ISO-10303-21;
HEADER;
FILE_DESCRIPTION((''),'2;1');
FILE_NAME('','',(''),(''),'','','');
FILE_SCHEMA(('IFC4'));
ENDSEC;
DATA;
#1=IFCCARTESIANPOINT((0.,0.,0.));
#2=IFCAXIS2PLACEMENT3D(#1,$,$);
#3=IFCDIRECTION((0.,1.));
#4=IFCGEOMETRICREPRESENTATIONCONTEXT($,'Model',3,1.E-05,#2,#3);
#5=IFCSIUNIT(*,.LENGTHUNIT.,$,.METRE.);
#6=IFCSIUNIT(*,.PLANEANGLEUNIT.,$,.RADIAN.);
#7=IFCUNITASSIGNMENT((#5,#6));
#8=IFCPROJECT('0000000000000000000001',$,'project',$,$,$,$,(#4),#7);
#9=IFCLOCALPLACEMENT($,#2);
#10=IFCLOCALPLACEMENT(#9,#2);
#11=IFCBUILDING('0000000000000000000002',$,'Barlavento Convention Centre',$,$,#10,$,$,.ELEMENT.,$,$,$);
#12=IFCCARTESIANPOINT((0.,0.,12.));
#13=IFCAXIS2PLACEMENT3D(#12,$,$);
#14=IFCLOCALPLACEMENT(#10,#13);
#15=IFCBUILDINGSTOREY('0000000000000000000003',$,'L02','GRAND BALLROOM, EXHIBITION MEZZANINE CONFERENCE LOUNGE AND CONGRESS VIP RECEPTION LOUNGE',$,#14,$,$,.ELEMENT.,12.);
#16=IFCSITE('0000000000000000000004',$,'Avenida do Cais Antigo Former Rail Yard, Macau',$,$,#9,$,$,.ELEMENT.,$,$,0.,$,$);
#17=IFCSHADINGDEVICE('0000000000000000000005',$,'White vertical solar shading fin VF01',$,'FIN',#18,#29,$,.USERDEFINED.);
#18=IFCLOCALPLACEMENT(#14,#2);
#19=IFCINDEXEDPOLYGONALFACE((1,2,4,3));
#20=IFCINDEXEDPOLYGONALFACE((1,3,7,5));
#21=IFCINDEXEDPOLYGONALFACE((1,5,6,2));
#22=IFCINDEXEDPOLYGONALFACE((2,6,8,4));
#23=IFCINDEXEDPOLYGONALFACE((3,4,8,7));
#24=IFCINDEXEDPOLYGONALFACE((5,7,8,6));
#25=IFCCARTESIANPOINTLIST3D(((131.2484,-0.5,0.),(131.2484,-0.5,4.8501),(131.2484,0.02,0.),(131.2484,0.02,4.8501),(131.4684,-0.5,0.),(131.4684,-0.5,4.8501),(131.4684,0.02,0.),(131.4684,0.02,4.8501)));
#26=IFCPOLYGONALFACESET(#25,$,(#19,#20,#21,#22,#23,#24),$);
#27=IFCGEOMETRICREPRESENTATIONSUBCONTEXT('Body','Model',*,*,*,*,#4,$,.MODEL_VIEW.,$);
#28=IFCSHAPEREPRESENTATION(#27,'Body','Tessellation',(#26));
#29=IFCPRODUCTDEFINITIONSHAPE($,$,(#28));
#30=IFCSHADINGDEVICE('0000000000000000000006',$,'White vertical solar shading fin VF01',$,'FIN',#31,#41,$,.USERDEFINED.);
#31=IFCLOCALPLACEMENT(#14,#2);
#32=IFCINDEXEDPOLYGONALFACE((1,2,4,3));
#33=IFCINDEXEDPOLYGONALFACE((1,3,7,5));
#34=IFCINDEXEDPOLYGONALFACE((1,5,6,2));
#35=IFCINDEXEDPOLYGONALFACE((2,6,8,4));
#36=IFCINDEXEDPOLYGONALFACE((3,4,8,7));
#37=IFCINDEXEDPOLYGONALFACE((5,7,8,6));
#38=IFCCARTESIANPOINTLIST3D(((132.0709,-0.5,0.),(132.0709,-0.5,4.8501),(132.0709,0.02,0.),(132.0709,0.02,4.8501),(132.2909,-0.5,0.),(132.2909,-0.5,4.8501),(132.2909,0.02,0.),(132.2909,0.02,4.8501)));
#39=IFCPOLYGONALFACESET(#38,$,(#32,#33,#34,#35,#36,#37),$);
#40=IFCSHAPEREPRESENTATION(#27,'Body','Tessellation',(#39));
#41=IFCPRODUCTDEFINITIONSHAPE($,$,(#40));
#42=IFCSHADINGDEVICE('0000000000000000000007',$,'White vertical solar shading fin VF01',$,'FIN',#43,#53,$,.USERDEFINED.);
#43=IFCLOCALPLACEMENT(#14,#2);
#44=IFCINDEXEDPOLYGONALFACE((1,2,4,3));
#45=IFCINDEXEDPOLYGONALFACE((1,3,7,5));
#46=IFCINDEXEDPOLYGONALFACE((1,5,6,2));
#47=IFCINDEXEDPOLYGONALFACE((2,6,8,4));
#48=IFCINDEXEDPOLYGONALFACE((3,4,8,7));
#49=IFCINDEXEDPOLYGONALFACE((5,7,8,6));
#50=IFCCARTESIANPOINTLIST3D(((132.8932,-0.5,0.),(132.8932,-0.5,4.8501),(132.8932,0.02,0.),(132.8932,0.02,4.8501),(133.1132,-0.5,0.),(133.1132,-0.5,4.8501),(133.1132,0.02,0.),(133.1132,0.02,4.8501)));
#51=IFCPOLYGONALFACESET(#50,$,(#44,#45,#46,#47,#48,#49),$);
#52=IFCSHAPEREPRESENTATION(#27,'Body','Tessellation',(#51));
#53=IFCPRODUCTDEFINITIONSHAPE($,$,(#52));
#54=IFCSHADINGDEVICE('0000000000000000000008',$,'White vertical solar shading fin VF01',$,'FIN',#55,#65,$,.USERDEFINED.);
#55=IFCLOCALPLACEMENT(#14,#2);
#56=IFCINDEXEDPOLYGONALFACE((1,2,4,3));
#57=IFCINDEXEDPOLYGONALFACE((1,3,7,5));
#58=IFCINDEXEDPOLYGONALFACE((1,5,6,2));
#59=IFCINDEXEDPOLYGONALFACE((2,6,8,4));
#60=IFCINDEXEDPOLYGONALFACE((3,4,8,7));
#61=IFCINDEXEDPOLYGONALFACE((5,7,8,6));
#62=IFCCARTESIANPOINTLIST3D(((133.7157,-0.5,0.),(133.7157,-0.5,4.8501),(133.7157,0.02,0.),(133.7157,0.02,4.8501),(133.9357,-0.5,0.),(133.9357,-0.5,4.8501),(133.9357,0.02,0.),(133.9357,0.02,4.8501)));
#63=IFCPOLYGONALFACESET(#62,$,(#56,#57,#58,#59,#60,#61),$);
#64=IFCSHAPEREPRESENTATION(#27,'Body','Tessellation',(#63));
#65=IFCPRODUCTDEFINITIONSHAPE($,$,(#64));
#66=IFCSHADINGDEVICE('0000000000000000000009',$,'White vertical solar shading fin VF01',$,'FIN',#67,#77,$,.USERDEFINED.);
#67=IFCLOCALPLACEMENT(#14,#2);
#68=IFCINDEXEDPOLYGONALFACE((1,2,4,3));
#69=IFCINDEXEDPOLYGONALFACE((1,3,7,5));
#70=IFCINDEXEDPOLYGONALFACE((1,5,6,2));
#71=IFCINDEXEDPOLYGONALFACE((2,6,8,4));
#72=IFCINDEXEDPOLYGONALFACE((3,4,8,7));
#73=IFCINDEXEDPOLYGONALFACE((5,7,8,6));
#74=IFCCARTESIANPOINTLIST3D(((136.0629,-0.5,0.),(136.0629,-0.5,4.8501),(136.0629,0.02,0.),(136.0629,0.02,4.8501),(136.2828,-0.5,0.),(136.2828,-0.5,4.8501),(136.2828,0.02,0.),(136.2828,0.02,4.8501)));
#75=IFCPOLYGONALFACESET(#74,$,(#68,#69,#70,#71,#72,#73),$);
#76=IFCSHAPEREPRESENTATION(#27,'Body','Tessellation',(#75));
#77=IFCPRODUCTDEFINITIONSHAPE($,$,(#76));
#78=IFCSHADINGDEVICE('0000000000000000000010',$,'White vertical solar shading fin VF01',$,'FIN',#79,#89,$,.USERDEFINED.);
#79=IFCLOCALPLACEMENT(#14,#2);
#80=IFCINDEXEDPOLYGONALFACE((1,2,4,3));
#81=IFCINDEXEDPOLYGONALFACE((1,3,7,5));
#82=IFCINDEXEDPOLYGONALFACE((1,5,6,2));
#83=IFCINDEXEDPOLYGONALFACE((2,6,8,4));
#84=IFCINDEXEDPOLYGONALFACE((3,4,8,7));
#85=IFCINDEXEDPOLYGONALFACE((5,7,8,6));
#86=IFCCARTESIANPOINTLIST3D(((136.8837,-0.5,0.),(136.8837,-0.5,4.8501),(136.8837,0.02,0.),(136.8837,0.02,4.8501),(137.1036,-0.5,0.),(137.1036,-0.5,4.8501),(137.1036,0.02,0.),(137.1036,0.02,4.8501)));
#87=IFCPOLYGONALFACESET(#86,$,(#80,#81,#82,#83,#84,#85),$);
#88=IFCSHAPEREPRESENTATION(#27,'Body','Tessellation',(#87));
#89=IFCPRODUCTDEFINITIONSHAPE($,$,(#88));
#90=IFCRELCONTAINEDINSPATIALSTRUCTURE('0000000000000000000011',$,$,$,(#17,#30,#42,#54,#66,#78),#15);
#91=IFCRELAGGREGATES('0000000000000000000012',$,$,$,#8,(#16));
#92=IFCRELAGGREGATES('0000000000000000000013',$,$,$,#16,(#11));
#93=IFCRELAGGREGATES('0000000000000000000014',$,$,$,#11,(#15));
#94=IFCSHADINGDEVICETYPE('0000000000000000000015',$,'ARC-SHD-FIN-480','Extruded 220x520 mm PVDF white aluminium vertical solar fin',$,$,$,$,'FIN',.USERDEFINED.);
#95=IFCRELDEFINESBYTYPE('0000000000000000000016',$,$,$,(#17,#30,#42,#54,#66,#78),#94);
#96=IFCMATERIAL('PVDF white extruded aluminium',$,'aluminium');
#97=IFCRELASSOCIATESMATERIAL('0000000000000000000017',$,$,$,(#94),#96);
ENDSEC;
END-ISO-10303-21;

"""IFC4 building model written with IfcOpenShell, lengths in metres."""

from ifc_helpers import new_model, si_unit, direction, frame, origin, origin_2d, place, context, subcontext, project, spatial, rectangle, extrude, material, type_object, element, save


model = new_model("IFC4")

# Units and contexts
model_context = context("Model", 3, precision=1e-05, world=origin(), true_north=direction((0.0, 1.0)))
body_context = subcontext(model_context, "Body", "Model", "MODEL_VIEW")
ifc_project = project(units=[si_unit("LENGTHUNIT", "METRE"), si_unit("PLANEANGLEUNIT", "RADIAN")], contexts=[model_context])

# Site, building, storey
site_placement = place(None, origin())
site = spatial("IfcSite", under=ifc_project, at=site_placement, Name="Avenida do Cais Antigo Former Rail Yard, Macau", CompositionType="ELEMENT", RefElevation=0.0)
building_placement = place(site_placement, origin())
building = spatial("IfcBuilding", under=site, at=building_placement, Name="Barlavento Convention Centre", CompositionType="ELEMENT")
storey_placement = place(building_placement, frame((0.0, 0.0, 12.0)))
storey = spatial("IfcBuildingStorey", under=building, at=storey_placement, Name="L02", Description="GRAND BALLROOM, EXHIBITION MEZZANINE CONFERENCE LOUNGE AND CONGRESS VIP RECEPTION LOUNGE", CompositionType="ELEMENT", Elevation=12.0)

# Shading devices
ifc_material_1 = material(Name="PVDF white extruded aluminium", Category="aluminium")
shading_device_type = type_object("IfcShadingDeviceType", Name="ARC-SHD-FIN-480", Description="Extruded 220x520 mm PVDF white aluminium vertical solar fin", ElementType="FIN", PredefinedType="USERDEFINED", material=ifc_material_1)
for number, where, z_axis, x_axis, name in (
    (1, (131.3584, -0.24, 0.0), (0.0, 0.0, 1.0), (1.0, 0.0, 0.0), "White vertical solar shading fin VF01"),
    (2, (132.1809, -0.24, 0.0), (0.0, 0.0, 1.0), (1.0, 0.0, 0.0), "White vertical solar shading fin VF01"),
    (3, (133.0032, -0.24, 0.0), (0.0, 0.0, 1.0), (1.0, 0.0, 0.0), "White vertical solar shading fin VF01"),
    (4, (133.8257, -0.24, 0.0), (0.0, 0.0, 1.0), (1.0, 0.0, 0.0), "White vertical solar shading fin VF01"),
    (5, (136.1729, -0.24, 0.0), (0.0, 0.0, 1.0), (1.0, 0.0, 0.0), "White vertical solar shading fin VF01"),
    (6, (136.9937, -0.24, 0.0), (0.0, 0.0, 1.0), (1.0, 0.0, 0.0), "White vertical solar shading fin VF01"),
):
    element("IfcShadingDevice", number, at=place(storey_placement, frame(where, z_axis=z_axis, x_axis=x_axis)), inside=storey, type_object=shading_device_type, Name=name, ObjectType="FIN", PredefinedType="USERDEFINED", context=body_context, shape_type="SweptSolid", body=[
        extrude(rectangle(XDim=0.22, YDim=0.52, at=origin_2d()), origin(), (0.0, 0.0, 1.0), 4.8501),
    ])

save(model, "model.ifc")
